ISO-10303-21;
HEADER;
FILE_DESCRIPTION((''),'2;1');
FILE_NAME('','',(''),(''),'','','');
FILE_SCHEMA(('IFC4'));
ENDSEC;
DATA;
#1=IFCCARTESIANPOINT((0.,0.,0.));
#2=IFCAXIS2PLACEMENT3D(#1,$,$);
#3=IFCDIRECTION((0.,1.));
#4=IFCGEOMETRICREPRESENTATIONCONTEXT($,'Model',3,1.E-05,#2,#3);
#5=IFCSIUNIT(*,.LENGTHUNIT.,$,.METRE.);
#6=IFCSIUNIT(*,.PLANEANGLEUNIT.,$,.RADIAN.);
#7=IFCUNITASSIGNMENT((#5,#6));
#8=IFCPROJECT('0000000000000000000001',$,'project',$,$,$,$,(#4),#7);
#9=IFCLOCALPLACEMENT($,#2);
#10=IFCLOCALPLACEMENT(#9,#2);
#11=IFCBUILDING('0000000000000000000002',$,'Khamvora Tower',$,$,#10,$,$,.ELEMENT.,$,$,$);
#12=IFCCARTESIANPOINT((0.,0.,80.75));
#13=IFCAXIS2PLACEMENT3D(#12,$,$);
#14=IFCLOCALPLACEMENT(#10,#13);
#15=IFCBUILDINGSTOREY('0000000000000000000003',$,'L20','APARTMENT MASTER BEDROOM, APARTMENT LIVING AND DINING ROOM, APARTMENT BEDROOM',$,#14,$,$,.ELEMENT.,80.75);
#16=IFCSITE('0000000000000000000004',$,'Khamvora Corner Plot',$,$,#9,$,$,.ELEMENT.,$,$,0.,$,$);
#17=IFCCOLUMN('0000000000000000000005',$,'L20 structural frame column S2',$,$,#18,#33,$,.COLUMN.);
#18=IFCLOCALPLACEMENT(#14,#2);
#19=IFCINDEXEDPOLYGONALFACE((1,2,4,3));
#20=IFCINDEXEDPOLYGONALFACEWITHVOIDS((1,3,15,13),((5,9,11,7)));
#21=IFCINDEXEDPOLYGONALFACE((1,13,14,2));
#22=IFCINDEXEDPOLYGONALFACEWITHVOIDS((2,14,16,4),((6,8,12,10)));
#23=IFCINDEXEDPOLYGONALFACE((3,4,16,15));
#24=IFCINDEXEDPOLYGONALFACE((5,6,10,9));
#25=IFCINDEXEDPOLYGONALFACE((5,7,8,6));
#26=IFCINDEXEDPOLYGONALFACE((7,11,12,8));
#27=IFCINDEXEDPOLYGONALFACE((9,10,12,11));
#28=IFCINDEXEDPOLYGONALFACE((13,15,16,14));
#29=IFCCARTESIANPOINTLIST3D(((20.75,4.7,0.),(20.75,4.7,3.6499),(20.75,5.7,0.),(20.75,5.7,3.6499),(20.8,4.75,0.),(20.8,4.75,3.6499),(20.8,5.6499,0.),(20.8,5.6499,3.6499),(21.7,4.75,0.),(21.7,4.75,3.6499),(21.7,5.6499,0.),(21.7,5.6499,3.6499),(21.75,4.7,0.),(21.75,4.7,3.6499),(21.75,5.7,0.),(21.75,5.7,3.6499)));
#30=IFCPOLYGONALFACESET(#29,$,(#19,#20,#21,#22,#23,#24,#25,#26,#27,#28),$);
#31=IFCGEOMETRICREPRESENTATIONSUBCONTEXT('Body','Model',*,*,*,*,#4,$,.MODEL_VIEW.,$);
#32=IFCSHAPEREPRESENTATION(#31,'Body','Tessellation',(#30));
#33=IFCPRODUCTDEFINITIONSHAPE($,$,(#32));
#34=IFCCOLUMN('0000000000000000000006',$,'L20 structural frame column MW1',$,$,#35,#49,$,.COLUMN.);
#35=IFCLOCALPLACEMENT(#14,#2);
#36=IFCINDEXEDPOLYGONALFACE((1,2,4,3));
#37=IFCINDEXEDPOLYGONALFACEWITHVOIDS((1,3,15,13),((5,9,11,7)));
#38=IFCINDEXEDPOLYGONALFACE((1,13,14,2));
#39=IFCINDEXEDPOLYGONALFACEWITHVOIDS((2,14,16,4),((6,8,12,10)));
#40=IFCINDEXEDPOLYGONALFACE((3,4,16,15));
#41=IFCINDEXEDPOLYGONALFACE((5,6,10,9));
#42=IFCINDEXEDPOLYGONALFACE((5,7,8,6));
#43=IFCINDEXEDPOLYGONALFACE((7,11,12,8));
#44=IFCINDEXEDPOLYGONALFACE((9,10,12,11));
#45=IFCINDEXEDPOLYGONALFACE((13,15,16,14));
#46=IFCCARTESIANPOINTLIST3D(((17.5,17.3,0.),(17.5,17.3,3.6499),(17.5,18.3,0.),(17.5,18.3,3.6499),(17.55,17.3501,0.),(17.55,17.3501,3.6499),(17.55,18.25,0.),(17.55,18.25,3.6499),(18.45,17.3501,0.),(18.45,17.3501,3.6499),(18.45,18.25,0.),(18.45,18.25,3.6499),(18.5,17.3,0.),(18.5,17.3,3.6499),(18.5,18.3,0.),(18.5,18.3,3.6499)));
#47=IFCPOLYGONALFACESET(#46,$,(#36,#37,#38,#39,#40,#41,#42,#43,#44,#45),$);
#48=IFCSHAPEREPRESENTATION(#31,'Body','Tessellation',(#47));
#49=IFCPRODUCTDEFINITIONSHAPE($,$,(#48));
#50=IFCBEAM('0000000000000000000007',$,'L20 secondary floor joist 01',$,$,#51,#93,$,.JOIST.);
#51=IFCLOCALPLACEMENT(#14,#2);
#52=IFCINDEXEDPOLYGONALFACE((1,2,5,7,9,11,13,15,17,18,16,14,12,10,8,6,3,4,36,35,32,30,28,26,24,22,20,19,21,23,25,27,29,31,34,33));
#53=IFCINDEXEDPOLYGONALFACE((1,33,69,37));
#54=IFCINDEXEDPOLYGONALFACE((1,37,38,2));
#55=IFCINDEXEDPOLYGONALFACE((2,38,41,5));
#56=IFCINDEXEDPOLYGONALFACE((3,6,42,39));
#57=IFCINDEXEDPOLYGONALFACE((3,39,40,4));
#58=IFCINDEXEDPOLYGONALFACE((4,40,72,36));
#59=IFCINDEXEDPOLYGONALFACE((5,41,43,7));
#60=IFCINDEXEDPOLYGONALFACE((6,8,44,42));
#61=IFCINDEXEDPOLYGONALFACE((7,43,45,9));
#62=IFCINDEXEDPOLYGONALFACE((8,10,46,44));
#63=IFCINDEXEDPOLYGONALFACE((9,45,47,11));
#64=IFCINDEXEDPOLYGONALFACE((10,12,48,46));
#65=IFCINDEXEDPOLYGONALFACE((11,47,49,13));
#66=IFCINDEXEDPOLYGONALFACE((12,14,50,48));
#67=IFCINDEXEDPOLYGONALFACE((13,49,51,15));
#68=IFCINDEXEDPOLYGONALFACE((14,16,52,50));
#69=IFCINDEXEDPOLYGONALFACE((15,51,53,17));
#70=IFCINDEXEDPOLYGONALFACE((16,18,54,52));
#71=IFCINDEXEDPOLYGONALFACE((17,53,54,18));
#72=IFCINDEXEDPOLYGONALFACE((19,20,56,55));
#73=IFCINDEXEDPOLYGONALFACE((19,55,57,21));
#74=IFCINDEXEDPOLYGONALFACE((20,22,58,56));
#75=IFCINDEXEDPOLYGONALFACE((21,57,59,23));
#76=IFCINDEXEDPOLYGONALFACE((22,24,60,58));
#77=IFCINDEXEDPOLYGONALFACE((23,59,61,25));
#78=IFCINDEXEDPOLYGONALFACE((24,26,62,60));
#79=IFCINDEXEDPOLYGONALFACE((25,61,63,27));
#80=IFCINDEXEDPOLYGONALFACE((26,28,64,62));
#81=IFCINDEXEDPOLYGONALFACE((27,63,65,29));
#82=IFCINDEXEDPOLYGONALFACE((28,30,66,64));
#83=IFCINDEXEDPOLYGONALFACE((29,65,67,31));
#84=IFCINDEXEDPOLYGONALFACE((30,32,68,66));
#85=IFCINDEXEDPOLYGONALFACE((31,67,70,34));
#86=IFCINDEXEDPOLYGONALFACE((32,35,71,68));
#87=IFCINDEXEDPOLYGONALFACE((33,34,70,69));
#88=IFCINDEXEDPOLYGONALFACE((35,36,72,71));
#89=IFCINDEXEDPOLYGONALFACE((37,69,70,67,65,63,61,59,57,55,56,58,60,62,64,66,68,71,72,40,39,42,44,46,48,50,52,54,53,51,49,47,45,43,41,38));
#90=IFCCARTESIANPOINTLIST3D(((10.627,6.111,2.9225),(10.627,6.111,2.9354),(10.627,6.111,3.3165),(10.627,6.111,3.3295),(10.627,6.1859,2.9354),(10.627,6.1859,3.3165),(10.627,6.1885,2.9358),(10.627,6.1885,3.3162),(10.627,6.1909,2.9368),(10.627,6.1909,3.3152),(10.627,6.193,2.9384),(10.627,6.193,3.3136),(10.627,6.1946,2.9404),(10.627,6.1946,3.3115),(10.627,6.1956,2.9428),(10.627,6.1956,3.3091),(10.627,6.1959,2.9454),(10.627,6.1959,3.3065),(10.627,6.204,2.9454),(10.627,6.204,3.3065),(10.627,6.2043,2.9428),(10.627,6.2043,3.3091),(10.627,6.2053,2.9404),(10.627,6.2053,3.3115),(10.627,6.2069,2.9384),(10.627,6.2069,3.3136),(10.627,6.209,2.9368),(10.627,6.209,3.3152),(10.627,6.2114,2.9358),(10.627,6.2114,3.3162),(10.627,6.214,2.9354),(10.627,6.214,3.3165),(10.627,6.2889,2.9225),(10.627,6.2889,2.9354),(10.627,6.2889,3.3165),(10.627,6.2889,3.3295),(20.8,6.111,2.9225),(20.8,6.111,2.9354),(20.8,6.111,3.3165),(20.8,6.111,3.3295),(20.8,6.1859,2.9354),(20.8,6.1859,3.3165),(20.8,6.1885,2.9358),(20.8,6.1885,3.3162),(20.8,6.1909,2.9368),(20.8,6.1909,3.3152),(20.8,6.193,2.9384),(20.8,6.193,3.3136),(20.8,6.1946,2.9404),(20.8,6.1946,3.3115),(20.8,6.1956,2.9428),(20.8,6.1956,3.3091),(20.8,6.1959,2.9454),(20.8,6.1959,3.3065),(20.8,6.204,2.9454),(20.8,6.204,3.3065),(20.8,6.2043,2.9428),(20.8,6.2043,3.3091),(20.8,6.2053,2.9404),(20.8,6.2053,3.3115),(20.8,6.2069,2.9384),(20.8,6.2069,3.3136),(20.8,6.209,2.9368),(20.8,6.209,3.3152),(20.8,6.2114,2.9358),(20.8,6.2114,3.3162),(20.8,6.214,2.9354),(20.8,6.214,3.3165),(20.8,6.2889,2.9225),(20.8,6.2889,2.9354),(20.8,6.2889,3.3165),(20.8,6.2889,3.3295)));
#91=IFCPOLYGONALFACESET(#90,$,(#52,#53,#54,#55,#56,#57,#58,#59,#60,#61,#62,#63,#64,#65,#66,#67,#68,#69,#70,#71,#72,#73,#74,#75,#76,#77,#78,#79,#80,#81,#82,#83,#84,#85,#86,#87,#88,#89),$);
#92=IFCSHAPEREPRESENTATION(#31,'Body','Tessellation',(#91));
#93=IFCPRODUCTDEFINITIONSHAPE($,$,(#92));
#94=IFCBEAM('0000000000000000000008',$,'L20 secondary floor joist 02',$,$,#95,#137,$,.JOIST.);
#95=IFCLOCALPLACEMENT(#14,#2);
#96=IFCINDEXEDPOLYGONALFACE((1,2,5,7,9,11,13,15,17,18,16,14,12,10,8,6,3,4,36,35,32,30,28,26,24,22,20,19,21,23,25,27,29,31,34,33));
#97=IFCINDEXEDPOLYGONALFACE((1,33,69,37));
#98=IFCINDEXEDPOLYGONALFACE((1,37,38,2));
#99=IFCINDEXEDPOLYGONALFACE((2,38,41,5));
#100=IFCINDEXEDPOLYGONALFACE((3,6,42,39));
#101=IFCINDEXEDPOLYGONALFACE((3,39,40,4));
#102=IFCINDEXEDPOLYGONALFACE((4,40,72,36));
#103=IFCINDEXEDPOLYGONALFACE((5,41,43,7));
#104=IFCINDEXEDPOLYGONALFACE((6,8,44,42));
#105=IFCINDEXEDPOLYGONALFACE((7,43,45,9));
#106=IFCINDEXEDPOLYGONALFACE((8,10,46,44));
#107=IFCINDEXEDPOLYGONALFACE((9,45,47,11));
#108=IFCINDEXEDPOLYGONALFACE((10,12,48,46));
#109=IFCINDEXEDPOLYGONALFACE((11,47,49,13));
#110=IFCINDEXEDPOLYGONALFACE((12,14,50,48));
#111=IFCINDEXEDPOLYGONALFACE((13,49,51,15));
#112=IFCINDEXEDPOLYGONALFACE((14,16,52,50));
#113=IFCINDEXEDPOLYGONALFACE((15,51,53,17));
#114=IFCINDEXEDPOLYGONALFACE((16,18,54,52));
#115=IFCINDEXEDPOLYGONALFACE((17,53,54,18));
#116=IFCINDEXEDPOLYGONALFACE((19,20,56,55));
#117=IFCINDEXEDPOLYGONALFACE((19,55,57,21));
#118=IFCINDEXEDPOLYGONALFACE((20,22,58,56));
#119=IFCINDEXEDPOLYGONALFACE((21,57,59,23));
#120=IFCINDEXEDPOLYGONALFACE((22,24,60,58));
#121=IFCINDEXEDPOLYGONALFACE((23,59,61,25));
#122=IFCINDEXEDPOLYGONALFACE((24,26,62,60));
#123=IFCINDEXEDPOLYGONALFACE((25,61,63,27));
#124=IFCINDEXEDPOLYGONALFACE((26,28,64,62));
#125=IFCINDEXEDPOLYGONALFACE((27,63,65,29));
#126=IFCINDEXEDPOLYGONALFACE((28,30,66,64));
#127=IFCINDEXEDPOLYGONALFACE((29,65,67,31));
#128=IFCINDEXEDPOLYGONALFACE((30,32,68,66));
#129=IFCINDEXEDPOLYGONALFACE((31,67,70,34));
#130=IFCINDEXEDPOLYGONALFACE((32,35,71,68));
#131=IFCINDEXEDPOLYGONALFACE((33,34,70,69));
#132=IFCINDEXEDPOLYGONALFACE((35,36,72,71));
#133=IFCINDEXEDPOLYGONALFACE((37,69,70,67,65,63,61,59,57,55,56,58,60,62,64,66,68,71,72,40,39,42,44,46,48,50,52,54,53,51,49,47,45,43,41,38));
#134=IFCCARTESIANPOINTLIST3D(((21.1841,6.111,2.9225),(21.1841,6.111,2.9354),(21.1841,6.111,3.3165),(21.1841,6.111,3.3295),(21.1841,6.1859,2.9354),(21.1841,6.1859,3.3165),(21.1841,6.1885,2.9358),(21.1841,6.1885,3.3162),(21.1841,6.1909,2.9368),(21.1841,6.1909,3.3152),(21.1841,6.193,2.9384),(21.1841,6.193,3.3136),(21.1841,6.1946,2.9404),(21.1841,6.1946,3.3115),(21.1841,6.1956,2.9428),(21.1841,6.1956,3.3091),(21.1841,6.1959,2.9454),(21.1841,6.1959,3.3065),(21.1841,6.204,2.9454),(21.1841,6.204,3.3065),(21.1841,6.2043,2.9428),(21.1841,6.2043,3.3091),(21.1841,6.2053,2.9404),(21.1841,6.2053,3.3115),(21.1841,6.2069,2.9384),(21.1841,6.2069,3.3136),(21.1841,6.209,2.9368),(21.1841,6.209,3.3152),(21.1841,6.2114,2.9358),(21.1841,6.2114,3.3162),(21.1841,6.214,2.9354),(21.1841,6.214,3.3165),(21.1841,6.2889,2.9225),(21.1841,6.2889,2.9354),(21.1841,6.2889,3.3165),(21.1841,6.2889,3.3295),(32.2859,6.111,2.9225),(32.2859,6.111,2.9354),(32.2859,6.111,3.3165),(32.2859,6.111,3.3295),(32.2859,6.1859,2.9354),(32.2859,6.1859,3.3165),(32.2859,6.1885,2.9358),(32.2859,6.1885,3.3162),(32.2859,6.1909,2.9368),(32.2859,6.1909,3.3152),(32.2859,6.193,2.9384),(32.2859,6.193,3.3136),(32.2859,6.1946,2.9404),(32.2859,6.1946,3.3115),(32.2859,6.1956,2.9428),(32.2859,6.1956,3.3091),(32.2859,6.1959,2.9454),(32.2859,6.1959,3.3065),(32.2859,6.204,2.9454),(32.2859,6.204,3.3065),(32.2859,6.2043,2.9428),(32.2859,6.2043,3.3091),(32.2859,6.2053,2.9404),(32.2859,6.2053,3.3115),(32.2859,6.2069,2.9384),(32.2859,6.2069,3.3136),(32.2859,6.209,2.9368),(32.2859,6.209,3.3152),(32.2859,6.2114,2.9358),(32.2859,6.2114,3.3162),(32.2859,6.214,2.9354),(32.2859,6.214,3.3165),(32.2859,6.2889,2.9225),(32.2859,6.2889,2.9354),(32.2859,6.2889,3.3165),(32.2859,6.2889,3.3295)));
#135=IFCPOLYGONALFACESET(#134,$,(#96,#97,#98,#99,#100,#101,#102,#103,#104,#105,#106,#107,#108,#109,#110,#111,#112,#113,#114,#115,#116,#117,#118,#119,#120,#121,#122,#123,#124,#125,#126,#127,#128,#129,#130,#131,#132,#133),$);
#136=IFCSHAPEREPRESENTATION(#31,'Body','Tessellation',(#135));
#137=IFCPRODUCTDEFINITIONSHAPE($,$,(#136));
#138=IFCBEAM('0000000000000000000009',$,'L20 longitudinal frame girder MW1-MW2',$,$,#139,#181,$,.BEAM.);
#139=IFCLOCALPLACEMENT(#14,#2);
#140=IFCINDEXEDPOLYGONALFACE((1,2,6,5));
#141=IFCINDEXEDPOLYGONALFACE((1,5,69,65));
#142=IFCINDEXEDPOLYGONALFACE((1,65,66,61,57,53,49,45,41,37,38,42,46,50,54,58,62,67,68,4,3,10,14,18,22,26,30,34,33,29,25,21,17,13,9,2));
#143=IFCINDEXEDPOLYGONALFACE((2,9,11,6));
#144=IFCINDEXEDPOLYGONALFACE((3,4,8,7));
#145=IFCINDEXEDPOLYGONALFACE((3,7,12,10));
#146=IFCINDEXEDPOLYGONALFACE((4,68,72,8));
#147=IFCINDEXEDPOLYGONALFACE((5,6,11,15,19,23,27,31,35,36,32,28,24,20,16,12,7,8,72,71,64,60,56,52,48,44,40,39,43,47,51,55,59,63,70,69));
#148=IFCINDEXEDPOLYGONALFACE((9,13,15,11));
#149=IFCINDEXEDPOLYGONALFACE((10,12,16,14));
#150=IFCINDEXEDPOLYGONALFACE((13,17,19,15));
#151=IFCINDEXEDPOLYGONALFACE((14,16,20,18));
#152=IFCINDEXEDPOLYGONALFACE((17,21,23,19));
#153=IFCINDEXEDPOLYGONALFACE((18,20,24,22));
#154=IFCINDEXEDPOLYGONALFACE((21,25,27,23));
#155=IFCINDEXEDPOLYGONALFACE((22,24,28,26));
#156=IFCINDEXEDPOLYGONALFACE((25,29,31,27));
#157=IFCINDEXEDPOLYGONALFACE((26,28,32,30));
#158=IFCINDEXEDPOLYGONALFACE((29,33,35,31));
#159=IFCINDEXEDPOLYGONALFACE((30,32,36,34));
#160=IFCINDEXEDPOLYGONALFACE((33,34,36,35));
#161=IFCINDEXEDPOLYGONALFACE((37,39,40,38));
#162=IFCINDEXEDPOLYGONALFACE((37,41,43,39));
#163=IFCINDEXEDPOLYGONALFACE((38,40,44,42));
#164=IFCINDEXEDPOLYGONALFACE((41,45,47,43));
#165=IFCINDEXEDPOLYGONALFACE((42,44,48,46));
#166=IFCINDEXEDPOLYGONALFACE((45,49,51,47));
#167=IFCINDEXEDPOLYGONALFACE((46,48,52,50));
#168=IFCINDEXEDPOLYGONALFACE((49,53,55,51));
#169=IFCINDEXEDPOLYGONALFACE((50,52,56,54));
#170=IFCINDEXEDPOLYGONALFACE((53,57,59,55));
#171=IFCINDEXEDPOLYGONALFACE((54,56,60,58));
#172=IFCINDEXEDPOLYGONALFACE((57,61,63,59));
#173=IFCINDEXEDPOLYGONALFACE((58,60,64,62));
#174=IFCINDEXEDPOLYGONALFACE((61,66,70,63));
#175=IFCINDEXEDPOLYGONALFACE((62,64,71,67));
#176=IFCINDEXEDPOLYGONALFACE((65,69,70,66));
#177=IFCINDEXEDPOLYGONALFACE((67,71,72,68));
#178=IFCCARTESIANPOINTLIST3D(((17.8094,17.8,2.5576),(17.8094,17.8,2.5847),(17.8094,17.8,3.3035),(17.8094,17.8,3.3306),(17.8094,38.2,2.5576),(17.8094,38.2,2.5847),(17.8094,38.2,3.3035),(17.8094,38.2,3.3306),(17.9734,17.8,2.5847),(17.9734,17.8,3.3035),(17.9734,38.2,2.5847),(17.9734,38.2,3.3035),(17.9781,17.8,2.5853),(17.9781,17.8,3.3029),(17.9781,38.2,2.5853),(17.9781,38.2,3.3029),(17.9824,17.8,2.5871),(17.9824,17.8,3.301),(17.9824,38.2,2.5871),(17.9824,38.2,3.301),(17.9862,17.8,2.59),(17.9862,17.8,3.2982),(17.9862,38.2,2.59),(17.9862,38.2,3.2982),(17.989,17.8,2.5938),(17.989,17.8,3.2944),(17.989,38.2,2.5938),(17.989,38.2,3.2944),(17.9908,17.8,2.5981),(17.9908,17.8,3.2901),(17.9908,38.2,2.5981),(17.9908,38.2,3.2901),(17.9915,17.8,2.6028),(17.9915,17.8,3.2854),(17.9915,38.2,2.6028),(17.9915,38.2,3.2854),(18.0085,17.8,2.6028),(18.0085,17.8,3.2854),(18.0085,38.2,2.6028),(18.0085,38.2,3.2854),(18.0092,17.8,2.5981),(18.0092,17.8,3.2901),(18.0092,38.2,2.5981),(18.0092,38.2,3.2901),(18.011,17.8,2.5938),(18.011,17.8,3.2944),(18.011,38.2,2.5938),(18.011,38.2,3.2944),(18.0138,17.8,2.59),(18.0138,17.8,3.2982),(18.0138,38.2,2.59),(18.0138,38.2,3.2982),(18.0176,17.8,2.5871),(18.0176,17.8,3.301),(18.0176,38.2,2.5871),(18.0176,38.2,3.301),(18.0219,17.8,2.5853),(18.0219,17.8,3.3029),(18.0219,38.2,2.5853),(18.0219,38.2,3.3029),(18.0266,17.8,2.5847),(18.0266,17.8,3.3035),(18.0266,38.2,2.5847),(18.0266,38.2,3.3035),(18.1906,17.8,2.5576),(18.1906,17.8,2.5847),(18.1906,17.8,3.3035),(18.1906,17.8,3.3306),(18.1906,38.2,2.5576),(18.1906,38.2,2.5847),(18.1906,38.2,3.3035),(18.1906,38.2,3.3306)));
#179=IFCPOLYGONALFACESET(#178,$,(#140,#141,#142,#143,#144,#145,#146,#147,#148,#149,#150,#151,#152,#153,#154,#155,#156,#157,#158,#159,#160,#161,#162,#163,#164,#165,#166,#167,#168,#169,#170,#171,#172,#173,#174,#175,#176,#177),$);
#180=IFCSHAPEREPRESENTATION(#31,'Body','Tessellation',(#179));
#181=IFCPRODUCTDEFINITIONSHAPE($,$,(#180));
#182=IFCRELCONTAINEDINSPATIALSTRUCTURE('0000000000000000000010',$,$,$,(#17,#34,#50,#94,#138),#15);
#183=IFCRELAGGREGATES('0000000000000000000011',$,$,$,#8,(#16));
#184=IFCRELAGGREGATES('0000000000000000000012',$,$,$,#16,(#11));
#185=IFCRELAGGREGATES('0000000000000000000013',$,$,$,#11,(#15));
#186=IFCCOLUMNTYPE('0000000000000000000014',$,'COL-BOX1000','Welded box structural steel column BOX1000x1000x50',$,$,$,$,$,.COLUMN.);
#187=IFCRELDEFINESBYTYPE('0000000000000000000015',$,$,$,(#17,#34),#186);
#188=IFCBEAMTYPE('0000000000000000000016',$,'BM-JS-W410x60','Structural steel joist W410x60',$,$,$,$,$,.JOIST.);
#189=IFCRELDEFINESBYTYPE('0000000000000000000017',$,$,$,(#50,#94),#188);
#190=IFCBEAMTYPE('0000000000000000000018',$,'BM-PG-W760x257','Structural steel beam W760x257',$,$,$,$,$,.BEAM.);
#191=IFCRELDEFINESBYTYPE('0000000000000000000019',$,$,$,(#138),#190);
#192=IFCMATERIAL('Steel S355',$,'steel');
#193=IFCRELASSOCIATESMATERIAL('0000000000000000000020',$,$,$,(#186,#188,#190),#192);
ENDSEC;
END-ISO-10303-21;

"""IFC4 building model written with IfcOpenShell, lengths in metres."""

from ifc_helpers import new_model, si_unit, direction, frame, origin, origin_2d, place, context, subcontext, project, spatial, hollow_rectangle, i_section, extrude, material, material_profile, profile_set, type_object, element, save


model = new_model("IFC4")

# Units and contexts
model_context = context("Model", 3, precision=1e-05, world=origin(), true_north=direction((0.0, 1.0)))
body_context = subcontext(model_context, "Body", "Model", "MODEL_VIEW")
ifc_project = project(units=[si_unit("LENGTHUNIT", "METRE"), si_unit("PLANEANGLEUNIT", "RADIAN")], contexts=[model_context])

# Site, building, storey
site_placement = place(None, origin())
site = spatial("IfcSite", under=ifc_project, at=site_placement, Name="Khamvora Corner Plot", CompositionType="ELEMENT", RefElevation=0.0)
building_placement = place(site_placement, origin())
building = spatial("IfcBuilding", under=site, at=building_placement, Name="Khamvora Tower", CompositionType="ELEMENT")
storey_placement = place(building_placement, frame((0.0, 0.0, 80.75)))
storey = spatial("IfcBuildingStorey", under=building, at=storey_placement, Name="L20", Description="APARTMENT MASTER BEDROOM, APARTMENT LIVING AND DINING ROOM, APARTMENT BEDROOM", CompositionType="ELEMENT", Elevation=80.75)

# Columns
ifc_material_1 = material(Name="Steel S355", Category="steel")
ifc_material_profile_1 = material_profile(ifc_material_1, hollow_rectangle(XDim=1.0, YDim=1.0, WallThickness=0.05, at=origin_2d()), Name="BOX1000x1000x50")
ifc_profile_set_1 = profile_set([ifc_material_profile_1], Name="Steel S355")
column_type = type_object("IfcColumnType", Name="COL-BOX1000", Description="Welded box structural steel column BOX1000x1000x50", PredefinedType="COLUMN", material=ifc_profile_set_1)
for number, where, z_axis, x_axis, name in (
    (1, (21.25, 5.2, 0.0), (0.0, 0.0, 1.0), (1.0, 0.0, 0.0), "L20 structural frame column S2"),
    (2, (18.0, 17.8, 0.0), (0.0, 0.0, 1.0), (1.0, 0.0, 0.0), "L20 structural frame column MW1"),
):
    element("IfcColumn", number, at=place(storey_placement, frame(where, z_axis=z_axis, x_axis=x_axis)), inside=storey, type_object=column_type, Name=name, PredefinedType="COLUMN", context=body_context, shape_type="SweptSolid", body=[
        extrude(hollow_rectangle(XDim=1.0, YDim=1.0, WallThickness=0.05, at=origin_2d()), origin(), (0.0, 0.0, 1.0), 3.6499),
    ])

# Beams
ifc_material_profile_2 = material_profile(ifc_material_1, i_section(OverallWidth=0.178, OverallDepth=0.407, WebThickness=0.0081, FlangeThickness=0.0129, FilletRadius=0.01, at=origin_2d()), Name="W410x60")
ifc_profile_set_2 = profile_set([ifc_material_profile_2], Name="Steel S355")
beam_type_1 = type_object("IfcBeamType", Name="BM-JS-W410x60", Description="Structural steel joist W410x60", PredefinedType="JOIST", material=ifc_profile_set_2)
beam_1_placement = place(storey_placement, frame((10.627, 6.2, 3.126), z_axis=(1.0, 0.0, 0.0), x_axis=(0.0, 1.0, 0.0)))
element("IfcBeam", 3, at=beam_1_placement, inside=storey, type_object=beam_type_1, Name="L20 secondary floor joist 01", PredefinedType="JOIST", context=body_context, shape_type="SweptSolid", body=[
    extrude(i_section(OverallWidth=0.178, OverallDepth=0.407, WebThickness=0.0081, FlangeThickness=0.0129, FilletRadius=0.01, at=origin_2d()), origin(), (0.0, 0.0, 1.0), 10.1731),
])
beam_2_placement = place(storey_placement, frame((21.1841, 6.2, 3.126), z_axis=(1.0, 0.0, 0.0), x_axis=(0.0, 1.0, 0.0)))
element("IfcBeam", 4, at=beam_2_placement, inside=storey, type_object=beam_type_1, Name="L20 secondary floor joist 02", PredefinedType="JOIST", context=body_context, shape_type="SweptSolid", body=[
    extrude(i_section(OverallWidth=0.178, OverallDepth=0.407, WebThickness=0.0081, FlangeThickness=0.0129, FilletRadius=0.01, at=origin_2d()), origin(), (0.0, 0.0, 1.0), 11.1018),
])
ifc_material_profile_3 = material_profile(ifc_material_1, i_section(OverallWidth=0.3811, OverallDepth=0.7729, WebThickness=0.0171, FlangeThickness=0.0271, FilletRadius=0.0181, at=origin_2d()), Name="W760x257")
ifc_profile_set_3 = profile_set([ifc_material_profile_3], Name="Steel S355")
beam_type_2 = type_object("IfcBeamType", Name="BM-PG-W760x257", Description="Structural steel beam W760x257", PredefinedType="BEAM", material=ifc_profile_set_3)
beam_3_placement = place(storey_placement, frame((18.0, 17.8, 2.9441), z_axis=(0.0, 1.0, 0.0), x_axis=(-1.0, 0.0, 0.0)))
element("IfcBeam", 5, at=beam_3_placement, inside=storey, type_object=beam_type_2, Name="L20 longitudinal frame girder MW1-MW2", PredefinedType="BEAM", context=body_context, shape_type="SweptSolid", body=[
    extrude(i_section(OverallWidth=0.3811, OverallDepth=0.7729, WebThickness=0.0171, FlangeThickness=0.0271, FilletRadius=0.0181, at=origin_2d()), origin(), (0.0, 0.0, 1.0), 20.3999),
])

save(model, "model.ifc")
